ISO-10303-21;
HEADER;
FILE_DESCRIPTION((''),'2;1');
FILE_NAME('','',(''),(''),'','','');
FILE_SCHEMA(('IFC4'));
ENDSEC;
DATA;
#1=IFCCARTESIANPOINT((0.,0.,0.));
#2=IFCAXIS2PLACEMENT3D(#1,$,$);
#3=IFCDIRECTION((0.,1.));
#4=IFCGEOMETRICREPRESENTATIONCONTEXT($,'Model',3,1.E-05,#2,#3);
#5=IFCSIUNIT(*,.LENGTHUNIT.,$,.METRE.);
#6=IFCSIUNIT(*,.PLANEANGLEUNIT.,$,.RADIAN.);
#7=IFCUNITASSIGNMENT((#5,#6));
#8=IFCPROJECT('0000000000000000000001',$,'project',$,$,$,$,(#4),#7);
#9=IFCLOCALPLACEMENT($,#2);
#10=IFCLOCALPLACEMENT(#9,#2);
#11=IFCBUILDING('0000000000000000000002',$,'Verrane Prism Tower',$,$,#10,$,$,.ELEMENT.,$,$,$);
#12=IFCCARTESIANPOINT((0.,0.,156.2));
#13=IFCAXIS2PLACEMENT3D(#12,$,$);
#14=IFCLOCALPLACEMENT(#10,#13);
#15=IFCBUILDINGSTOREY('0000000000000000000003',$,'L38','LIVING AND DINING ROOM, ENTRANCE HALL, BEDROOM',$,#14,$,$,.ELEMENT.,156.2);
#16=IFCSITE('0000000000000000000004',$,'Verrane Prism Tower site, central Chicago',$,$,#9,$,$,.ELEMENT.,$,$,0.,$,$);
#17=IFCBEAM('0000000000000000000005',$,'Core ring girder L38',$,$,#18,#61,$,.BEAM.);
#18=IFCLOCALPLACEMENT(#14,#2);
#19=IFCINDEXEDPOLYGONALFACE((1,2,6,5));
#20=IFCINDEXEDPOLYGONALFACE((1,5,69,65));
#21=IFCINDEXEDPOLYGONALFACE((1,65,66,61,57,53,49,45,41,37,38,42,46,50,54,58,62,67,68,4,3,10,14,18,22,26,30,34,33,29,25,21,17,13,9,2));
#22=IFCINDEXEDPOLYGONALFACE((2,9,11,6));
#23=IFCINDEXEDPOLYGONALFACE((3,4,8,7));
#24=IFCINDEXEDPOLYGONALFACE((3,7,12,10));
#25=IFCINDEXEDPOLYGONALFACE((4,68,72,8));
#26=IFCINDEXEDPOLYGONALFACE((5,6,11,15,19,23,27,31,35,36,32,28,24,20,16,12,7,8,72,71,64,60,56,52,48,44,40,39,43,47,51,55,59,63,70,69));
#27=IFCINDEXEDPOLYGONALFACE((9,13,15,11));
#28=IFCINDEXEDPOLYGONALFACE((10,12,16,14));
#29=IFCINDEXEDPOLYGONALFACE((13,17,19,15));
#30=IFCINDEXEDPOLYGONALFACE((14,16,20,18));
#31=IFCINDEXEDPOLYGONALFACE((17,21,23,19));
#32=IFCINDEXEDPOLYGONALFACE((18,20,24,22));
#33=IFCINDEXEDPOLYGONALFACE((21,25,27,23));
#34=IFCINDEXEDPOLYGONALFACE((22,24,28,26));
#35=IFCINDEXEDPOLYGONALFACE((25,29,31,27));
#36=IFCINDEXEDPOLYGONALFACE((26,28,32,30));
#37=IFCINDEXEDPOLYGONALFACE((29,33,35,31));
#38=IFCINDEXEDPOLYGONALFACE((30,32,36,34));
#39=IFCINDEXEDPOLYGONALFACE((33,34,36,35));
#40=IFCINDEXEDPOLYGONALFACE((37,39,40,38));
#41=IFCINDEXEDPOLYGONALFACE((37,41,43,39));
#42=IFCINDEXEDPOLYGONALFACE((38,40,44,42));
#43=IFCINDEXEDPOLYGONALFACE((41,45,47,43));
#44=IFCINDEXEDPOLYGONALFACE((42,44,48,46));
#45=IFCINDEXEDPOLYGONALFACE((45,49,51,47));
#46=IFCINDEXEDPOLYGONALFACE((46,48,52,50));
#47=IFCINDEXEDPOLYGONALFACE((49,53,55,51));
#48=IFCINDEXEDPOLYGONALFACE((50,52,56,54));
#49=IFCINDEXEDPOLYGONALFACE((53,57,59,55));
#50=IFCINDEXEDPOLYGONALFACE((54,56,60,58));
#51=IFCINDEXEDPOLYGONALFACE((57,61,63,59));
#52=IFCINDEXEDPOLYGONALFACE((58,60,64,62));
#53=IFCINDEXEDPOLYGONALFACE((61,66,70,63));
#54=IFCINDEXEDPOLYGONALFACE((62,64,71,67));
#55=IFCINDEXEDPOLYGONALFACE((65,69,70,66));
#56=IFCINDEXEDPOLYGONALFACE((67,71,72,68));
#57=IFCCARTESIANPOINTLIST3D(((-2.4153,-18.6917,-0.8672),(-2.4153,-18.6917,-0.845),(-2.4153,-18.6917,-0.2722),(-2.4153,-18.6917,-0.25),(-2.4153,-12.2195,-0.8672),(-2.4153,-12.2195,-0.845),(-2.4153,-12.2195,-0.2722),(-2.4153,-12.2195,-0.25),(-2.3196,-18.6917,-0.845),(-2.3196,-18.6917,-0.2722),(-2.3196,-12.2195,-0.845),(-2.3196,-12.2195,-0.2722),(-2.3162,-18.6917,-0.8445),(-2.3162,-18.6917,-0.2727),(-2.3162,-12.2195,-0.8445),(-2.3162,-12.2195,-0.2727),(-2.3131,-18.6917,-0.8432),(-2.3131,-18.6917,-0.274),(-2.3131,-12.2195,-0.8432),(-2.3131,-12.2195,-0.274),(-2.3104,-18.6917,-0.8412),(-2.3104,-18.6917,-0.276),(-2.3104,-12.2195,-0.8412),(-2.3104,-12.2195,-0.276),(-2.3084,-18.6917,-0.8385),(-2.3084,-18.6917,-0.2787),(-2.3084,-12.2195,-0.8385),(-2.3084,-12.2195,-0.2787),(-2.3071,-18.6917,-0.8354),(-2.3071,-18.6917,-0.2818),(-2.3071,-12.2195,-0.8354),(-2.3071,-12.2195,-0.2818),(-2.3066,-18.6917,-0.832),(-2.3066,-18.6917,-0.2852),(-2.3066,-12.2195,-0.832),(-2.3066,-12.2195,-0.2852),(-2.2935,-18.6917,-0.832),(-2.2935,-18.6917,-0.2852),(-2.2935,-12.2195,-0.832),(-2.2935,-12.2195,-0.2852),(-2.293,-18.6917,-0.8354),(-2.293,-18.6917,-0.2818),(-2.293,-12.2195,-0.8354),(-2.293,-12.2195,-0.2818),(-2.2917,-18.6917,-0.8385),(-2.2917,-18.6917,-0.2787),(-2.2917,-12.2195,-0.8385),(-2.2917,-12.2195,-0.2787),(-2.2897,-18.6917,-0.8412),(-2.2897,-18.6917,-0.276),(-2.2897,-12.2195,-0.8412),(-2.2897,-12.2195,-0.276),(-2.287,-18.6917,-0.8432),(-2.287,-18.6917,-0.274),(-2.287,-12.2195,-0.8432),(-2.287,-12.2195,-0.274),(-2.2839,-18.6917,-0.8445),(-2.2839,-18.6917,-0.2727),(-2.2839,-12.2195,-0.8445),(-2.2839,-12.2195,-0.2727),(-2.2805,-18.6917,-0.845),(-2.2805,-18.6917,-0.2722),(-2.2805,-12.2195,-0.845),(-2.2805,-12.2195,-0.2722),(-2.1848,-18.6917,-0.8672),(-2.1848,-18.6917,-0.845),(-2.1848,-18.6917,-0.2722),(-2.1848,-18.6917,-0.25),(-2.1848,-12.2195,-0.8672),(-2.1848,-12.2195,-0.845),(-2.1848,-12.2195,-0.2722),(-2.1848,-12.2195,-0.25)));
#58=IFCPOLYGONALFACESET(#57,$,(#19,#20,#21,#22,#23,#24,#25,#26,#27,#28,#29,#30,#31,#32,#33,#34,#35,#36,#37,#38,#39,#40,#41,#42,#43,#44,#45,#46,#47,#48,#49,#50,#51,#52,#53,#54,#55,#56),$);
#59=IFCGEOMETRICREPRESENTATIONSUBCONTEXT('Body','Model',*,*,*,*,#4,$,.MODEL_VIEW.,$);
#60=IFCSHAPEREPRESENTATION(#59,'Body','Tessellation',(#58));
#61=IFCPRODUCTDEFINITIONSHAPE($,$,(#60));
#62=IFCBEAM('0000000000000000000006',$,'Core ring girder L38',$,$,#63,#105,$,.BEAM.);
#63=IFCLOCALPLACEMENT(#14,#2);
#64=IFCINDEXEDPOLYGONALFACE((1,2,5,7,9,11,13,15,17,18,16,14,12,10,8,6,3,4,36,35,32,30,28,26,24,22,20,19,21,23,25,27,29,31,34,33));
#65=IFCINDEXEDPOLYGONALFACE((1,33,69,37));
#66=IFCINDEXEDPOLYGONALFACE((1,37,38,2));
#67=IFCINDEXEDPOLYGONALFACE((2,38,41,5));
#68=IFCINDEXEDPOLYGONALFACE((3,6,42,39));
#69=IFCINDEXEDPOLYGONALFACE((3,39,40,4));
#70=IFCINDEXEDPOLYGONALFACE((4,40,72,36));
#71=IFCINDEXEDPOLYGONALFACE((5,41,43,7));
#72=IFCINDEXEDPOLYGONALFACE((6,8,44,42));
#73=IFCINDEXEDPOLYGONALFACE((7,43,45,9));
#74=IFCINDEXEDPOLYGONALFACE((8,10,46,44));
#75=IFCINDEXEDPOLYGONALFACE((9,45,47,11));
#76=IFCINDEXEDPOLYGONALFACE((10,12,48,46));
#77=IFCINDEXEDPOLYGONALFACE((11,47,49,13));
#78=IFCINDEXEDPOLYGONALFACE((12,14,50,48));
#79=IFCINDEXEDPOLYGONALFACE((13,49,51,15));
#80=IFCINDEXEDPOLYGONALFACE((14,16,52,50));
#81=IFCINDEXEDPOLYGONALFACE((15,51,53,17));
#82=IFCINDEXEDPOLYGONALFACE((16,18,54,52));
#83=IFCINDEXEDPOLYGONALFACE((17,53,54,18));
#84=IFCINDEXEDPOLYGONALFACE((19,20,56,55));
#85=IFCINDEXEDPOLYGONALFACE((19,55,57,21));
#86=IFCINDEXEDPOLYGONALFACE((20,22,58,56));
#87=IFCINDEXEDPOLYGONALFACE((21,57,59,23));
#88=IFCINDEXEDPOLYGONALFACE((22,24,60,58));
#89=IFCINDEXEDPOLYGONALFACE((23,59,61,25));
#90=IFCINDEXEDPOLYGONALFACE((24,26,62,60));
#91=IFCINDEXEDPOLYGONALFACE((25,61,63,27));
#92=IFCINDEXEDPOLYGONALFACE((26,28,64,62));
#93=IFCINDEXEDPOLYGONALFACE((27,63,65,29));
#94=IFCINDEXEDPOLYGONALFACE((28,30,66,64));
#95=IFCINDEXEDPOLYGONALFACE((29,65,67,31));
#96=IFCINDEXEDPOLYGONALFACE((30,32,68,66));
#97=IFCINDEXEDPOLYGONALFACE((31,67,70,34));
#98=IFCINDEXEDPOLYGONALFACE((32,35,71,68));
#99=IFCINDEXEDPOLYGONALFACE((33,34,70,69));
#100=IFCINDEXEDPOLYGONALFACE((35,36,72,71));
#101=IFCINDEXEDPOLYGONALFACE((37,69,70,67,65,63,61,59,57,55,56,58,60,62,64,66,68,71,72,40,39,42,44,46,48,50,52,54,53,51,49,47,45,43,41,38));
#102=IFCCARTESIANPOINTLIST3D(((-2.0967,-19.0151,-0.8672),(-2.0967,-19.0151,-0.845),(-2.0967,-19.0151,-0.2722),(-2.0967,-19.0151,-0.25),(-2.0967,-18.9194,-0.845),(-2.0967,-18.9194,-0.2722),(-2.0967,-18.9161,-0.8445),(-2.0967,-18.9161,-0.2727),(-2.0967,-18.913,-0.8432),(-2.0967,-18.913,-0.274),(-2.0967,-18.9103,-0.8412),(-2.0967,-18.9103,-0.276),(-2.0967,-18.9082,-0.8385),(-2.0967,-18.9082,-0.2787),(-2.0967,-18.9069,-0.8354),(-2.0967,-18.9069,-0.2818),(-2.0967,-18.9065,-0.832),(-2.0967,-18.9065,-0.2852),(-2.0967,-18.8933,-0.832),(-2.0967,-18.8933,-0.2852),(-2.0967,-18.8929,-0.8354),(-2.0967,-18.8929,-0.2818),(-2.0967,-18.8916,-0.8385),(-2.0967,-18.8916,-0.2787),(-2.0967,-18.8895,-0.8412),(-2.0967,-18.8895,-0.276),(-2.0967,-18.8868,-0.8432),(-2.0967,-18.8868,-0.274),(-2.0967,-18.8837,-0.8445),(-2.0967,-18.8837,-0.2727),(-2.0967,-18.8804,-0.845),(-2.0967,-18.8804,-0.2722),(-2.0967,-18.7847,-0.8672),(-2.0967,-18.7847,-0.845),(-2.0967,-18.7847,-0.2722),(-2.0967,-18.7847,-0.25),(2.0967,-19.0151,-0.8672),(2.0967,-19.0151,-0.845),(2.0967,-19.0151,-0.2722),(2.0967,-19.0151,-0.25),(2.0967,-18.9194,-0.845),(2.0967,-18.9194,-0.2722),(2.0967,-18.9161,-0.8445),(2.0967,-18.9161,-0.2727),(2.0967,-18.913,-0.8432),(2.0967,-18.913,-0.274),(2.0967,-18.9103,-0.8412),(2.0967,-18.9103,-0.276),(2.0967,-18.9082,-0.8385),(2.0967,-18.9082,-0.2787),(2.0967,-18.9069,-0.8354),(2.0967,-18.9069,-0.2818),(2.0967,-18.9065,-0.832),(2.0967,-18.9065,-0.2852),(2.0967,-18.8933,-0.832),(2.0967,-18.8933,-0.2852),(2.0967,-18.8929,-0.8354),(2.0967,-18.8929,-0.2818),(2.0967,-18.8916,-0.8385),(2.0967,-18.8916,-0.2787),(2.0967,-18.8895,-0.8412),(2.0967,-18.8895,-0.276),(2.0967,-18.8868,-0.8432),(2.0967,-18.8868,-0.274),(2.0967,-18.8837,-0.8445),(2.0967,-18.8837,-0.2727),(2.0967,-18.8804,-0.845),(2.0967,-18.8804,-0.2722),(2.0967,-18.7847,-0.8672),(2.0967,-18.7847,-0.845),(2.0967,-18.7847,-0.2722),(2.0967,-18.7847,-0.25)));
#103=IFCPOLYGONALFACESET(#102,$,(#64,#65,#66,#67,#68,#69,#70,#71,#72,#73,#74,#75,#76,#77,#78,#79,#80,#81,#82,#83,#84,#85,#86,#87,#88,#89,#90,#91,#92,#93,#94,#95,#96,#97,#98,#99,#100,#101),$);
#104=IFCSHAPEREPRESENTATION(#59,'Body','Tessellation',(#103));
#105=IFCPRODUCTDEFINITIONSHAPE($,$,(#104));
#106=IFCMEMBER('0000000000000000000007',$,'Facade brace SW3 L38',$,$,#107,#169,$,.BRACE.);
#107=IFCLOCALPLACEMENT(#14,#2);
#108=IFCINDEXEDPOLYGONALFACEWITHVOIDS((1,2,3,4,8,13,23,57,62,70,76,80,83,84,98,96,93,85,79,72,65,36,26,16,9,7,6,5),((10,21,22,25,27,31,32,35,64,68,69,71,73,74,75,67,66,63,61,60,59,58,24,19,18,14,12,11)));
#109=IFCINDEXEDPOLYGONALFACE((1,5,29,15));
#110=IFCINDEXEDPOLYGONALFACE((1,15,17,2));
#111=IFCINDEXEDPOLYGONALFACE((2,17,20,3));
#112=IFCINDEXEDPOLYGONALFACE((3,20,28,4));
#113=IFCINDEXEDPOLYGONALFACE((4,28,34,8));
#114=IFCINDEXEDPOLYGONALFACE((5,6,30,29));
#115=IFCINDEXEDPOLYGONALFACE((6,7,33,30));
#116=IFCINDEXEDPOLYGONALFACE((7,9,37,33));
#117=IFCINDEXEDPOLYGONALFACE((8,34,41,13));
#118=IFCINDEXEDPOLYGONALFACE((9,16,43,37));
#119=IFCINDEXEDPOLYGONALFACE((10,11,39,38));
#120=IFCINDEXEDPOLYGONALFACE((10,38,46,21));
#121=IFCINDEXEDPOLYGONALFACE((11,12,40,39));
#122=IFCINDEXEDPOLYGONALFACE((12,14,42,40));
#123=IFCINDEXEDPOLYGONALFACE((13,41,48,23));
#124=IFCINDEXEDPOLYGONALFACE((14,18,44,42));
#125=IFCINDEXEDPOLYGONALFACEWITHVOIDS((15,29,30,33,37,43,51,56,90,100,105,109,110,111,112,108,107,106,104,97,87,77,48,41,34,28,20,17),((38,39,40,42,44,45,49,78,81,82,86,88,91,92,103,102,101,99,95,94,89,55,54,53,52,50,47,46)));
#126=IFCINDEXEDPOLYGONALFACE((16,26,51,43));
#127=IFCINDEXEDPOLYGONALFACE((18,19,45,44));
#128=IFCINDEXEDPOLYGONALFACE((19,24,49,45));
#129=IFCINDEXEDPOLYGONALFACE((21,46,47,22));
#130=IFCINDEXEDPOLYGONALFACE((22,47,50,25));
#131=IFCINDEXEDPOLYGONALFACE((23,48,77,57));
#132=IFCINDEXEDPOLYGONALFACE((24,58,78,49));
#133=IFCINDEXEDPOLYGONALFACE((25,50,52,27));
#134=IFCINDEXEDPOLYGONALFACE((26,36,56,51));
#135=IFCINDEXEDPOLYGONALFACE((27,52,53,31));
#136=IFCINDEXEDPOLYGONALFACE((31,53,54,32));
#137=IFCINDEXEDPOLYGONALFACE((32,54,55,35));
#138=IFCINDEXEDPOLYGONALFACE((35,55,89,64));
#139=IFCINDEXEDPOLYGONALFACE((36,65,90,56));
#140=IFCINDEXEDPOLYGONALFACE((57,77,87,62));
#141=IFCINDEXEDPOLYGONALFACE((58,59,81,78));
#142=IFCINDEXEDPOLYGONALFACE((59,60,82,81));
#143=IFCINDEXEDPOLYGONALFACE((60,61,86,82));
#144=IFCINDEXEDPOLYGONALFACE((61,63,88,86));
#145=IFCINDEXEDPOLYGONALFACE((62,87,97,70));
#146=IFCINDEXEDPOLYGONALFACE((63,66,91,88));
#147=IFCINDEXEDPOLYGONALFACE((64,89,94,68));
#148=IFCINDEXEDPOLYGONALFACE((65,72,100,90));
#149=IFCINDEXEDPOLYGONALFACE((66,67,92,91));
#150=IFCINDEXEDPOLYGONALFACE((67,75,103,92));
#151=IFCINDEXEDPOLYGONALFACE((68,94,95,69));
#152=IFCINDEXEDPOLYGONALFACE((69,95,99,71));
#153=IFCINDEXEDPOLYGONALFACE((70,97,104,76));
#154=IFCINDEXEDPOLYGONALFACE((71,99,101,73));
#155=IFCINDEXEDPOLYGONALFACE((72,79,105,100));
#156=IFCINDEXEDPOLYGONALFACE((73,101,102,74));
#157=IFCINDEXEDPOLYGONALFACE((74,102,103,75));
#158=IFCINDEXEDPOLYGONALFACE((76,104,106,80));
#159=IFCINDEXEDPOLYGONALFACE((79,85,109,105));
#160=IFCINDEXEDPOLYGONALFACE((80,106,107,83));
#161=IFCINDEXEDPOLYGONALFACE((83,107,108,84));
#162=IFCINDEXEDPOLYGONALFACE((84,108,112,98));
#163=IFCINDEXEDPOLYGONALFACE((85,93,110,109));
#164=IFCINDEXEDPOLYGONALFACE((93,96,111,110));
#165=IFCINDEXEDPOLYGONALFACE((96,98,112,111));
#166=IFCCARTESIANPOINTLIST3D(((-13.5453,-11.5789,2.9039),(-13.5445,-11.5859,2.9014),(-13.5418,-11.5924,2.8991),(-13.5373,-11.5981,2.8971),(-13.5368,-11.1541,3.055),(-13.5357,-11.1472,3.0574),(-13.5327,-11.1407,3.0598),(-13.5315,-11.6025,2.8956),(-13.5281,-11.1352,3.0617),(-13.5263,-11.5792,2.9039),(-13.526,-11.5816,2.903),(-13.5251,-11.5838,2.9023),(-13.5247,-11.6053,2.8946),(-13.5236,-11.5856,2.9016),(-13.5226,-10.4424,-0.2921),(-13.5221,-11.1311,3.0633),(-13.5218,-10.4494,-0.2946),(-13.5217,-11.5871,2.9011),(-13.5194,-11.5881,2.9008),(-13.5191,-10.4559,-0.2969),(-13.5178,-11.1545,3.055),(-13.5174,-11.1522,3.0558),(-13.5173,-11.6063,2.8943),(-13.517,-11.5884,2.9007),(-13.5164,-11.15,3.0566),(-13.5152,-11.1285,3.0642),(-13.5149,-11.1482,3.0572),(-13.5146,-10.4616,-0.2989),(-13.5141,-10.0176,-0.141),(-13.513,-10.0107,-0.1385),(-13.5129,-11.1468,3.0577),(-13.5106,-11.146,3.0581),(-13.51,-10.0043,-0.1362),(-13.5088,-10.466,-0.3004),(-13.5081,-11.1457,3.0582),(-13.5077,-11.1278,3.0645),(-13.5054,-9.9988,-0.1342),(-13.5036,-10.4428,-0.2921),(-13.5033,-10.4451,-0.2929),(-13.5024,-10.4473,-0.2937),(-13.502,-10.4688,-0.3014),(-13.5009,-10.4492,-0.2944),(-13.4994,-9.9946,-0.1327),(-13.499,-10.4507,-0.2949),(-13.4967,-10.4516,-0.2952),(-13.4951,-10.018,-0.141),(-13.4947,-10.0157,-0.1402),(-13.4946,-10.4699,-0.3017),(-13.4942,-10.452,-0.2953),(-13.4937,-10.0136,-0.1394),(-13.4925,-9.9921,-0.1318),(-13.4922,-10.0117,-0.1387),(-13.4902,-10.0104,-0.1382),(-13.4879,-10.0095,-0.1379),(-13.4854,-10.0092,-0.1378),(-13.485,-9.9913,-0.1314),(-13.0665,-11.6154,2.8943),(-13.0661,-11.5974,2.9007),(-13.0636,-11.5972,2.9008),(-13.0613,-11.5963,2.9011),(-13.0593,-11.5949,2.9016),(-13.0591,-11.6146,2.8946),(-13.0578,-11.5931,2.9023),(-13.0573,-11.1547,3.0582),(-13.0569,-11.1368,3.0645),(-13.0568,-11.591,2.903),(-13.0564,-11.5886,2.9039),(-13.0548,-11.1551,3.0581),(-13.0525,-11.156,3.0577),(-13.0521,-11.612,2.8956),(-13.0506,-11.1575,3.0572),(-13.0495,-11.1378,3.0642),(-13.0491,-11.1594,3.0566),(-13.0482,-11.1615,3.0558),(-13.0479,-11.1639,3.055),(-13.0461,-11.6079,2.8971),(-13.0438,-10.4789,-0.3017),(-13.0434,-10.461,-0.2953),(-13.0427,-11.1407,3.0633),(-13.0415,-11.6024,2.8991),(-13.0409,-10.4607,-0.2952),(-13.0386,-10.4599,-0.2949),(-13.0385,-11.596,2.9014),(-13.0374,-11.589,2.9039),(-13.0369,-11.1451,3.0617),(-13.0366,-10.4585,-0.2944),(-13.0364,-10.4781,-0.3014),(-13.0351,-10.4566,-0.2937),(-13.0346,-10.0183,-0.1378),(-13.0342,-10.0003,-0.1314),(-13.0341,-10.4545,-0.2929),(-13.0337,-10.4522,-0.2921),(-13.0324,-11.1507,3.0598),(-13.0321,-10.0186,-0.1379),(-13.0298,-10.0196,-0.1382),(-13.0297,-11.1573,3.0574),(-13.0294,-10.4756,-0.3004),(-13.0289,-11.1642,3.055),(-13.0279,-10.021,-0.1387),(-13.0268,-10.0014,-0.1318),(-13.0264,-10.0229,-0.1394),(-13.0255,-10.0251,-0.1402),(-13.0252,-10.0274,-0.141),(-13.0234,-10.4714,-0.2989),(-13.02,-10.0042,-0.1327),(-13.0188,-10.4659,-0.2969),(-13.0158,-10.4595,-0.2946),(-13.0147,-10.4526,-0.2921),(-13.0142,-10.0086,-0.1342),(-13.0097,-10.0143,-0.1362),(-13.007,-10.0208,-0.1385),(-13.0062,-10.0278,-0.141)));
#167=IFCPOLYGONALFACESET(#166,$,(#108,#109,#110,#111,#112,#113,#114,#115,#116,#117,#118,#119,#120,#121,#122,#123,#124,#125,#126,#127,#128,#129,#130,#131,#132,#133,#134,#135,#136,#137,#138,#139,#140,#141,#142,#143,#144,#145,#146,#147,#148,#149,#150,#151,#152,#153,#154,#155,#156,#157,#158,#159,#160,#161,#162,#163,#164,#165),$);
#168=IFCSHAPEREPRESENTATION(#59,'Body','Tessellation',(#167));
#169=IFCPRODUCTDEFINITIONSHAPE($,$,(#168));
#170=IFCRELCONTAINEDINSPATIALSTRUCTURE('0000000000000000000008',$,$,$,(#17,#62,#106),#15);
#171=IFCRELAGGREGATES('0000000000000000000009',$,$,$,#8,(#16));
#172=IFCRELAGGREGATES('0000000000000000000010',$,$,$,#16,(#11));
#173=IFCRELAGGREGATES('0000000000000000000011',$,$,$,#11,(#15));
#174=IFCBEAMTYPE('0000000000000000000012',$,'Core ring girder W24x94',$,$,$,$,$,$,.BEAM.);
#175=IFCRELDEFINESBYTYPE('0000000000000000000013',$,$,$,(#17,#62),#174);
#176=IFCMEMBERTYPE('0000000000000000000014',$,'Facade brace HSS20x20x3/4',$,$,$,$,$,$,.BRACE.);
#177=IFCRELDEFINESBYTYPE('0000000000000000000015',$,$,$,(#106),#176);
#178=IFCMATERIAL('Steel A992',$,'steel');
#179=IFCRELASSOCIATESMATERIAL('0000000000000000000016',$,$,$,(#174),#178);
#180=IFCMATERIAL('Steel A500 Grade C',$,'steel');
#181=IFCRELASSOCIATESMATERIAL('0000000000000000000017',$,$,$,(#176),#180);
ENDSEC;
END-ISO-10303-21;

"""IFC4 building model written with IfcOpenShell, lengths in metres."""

from ifc_helpers import new_model, si_unit, direction, frame, origin, origin_2d, place, context, subcontext, project, spatial, hollow_rectangle, i_section, extrude, material, material_profile, profile_set, type_object, element, save


model = new_model("IFC4")

# Units and contexts
model_context = context("Model", 3, precision=1e-05, world=origin(), true_north=direction((0.0, 1.0)))
body_context = subcontext(model_context, "Body", "Model", "MODEL_VIEW")
ifc_project = project(units=[si_unit("LENGTHUNIT", "METRE"), si_unit("PLANEANGLEUNIT", "RADIAN")], contexts=[model_context])

# Site, building, storey
site_placement = place(None, origin())
site = spatial("IfcSite", under=ifc_project, at=site_placement, Name="Verrane Prism Tower site, central Chicago", CompositionType="ELEMENT", RefElevation=0.0)
building_placement = place(site_placement, origin())
building = spatial("IfcBuilding", under=site, at=building_placement, Name="Verrane Prism Tower", CompositionType="ELEMENT")
storey_placement = place(building_placement, frame((0.0, 0.0, 156.2)))
storey = spatial("IfcBuildingStorey", under=building, at=storey_placement, Name="L38", Description="LIVING AND DINING ROOM, ENTRANCE HALL, BEDROOM", CompositionType="ELEMENT", Elevation=156.2)

# Beams
ifc_material_1 = material(Name="Steel A992", Category="steel")
ifc_material_profile_1 = material_profile(ifc_material_1, i_section(OverallWidth=0.2305, OverallDepth=0.6172, WebThickness=0.0132, FlangeThickness=0.0222, FilletRadius=0.0129, at=origin_2d()), Name="W24x94")
ifc_profile_set_1 = profile_set([ifc_material_profile_1], Name="Steel A992")
beam_type_1 = type_object("IfcBeamType", Name="Core ring girder W24x94", PredefinedType="BEAM", material=ifc_profile_set_1)
beam_1_placement = place(storey_placement, frame((-2.3, -12.2195, -0.5586), z_axis=(0.0, -1.0, 0.0), x_axis=(1.0, 0.0, 0.0)))
element("IfcBeam", 1, at=beam_1_placement, inside=storey, type_object=beam_type_1, Name="Core ring girder L38", PredefinedType="BEAM", context=body_context, shape_type="SweptSolid", body=[
    extrude(i_section(OverallWidth=0.2305, OverallDepth=0.6172, WebThickness=0.0132, FlangeThickness=0.0222, FilletRadius=0.0129, at=origin_2d()), origin(), (0.0, 0.0, 1.0), 6.4722),
])
beam_2_placement = place(storey_placement, frame((-2.0967, -18.8999, -0.5586), z_axis=(1.0, 0.0, 0.0), x_axis=(0.0, 1.0, 0.0)))
element("IfcBeam", 2, at=beam_2_placement, inside=storey, type_object=beam_type_1, Name="Core ring girder L38", PredefinedType="BEAM", context=body_context, shape_type="SweptSolid", body=[
    extrude(i_section(OverallWidth=0.2305, OverallDepth=0.6172, WebThickness=0.0132, FlangeThickness=0.0222, FilletRadius=0.0129, at=origin_2d()), origin(), (0.0, 0.0, 1.0), 4.1934),
])

# Member
ifc_material_2 = material(Name="Steel A500 Grade C", Category="steel")
ifc_material_profile_2 = material_profile(ifc_material_2, hollow_rectangle(XDim=0.5081, YDim=0.5081, WallThickness=0.019, InnerFilletRadius=0.0095, OuterFilletRadius=0.0286, at=origin_2d()), Name="HSS20x20x3/4")
ifc_profile_set_2 = profile_set([ifc_material_profile_2], Name="Steel A500 Grade C")
member_type_1 = type_object("IfcMemberType", Name="Facade brace HSS20x20x3/4", PredefinedType="BRACE", material=ifc_profile_set_2)
member_1_placement = place(storey_placement, frame((-13.2644, -10.2351, -0.2166), z_axis=(-0.006693, -0.335029, 0.942184), x_axis=(0.9998, -0.019975, 0.0)))
element("IfcMember", 3, at=member_1_placement, inside=storey, type_object=member_type_1, Name="Facade brace SW3 L38", PredefinedType="BRACE", context=body_context, shape_type="SweptSolid", body=[
    extrude(hollow_rectangle(XDim=0.5081, YDim=0.5081, WallThickness=0.019, InnerFilletRadius=0.0095, OuterFilletRadius=0.0286, at=origin_2d()), origin(), (0.0, 0.0, 1.0), 3.3921),
])

save(model, "model.ifc")
